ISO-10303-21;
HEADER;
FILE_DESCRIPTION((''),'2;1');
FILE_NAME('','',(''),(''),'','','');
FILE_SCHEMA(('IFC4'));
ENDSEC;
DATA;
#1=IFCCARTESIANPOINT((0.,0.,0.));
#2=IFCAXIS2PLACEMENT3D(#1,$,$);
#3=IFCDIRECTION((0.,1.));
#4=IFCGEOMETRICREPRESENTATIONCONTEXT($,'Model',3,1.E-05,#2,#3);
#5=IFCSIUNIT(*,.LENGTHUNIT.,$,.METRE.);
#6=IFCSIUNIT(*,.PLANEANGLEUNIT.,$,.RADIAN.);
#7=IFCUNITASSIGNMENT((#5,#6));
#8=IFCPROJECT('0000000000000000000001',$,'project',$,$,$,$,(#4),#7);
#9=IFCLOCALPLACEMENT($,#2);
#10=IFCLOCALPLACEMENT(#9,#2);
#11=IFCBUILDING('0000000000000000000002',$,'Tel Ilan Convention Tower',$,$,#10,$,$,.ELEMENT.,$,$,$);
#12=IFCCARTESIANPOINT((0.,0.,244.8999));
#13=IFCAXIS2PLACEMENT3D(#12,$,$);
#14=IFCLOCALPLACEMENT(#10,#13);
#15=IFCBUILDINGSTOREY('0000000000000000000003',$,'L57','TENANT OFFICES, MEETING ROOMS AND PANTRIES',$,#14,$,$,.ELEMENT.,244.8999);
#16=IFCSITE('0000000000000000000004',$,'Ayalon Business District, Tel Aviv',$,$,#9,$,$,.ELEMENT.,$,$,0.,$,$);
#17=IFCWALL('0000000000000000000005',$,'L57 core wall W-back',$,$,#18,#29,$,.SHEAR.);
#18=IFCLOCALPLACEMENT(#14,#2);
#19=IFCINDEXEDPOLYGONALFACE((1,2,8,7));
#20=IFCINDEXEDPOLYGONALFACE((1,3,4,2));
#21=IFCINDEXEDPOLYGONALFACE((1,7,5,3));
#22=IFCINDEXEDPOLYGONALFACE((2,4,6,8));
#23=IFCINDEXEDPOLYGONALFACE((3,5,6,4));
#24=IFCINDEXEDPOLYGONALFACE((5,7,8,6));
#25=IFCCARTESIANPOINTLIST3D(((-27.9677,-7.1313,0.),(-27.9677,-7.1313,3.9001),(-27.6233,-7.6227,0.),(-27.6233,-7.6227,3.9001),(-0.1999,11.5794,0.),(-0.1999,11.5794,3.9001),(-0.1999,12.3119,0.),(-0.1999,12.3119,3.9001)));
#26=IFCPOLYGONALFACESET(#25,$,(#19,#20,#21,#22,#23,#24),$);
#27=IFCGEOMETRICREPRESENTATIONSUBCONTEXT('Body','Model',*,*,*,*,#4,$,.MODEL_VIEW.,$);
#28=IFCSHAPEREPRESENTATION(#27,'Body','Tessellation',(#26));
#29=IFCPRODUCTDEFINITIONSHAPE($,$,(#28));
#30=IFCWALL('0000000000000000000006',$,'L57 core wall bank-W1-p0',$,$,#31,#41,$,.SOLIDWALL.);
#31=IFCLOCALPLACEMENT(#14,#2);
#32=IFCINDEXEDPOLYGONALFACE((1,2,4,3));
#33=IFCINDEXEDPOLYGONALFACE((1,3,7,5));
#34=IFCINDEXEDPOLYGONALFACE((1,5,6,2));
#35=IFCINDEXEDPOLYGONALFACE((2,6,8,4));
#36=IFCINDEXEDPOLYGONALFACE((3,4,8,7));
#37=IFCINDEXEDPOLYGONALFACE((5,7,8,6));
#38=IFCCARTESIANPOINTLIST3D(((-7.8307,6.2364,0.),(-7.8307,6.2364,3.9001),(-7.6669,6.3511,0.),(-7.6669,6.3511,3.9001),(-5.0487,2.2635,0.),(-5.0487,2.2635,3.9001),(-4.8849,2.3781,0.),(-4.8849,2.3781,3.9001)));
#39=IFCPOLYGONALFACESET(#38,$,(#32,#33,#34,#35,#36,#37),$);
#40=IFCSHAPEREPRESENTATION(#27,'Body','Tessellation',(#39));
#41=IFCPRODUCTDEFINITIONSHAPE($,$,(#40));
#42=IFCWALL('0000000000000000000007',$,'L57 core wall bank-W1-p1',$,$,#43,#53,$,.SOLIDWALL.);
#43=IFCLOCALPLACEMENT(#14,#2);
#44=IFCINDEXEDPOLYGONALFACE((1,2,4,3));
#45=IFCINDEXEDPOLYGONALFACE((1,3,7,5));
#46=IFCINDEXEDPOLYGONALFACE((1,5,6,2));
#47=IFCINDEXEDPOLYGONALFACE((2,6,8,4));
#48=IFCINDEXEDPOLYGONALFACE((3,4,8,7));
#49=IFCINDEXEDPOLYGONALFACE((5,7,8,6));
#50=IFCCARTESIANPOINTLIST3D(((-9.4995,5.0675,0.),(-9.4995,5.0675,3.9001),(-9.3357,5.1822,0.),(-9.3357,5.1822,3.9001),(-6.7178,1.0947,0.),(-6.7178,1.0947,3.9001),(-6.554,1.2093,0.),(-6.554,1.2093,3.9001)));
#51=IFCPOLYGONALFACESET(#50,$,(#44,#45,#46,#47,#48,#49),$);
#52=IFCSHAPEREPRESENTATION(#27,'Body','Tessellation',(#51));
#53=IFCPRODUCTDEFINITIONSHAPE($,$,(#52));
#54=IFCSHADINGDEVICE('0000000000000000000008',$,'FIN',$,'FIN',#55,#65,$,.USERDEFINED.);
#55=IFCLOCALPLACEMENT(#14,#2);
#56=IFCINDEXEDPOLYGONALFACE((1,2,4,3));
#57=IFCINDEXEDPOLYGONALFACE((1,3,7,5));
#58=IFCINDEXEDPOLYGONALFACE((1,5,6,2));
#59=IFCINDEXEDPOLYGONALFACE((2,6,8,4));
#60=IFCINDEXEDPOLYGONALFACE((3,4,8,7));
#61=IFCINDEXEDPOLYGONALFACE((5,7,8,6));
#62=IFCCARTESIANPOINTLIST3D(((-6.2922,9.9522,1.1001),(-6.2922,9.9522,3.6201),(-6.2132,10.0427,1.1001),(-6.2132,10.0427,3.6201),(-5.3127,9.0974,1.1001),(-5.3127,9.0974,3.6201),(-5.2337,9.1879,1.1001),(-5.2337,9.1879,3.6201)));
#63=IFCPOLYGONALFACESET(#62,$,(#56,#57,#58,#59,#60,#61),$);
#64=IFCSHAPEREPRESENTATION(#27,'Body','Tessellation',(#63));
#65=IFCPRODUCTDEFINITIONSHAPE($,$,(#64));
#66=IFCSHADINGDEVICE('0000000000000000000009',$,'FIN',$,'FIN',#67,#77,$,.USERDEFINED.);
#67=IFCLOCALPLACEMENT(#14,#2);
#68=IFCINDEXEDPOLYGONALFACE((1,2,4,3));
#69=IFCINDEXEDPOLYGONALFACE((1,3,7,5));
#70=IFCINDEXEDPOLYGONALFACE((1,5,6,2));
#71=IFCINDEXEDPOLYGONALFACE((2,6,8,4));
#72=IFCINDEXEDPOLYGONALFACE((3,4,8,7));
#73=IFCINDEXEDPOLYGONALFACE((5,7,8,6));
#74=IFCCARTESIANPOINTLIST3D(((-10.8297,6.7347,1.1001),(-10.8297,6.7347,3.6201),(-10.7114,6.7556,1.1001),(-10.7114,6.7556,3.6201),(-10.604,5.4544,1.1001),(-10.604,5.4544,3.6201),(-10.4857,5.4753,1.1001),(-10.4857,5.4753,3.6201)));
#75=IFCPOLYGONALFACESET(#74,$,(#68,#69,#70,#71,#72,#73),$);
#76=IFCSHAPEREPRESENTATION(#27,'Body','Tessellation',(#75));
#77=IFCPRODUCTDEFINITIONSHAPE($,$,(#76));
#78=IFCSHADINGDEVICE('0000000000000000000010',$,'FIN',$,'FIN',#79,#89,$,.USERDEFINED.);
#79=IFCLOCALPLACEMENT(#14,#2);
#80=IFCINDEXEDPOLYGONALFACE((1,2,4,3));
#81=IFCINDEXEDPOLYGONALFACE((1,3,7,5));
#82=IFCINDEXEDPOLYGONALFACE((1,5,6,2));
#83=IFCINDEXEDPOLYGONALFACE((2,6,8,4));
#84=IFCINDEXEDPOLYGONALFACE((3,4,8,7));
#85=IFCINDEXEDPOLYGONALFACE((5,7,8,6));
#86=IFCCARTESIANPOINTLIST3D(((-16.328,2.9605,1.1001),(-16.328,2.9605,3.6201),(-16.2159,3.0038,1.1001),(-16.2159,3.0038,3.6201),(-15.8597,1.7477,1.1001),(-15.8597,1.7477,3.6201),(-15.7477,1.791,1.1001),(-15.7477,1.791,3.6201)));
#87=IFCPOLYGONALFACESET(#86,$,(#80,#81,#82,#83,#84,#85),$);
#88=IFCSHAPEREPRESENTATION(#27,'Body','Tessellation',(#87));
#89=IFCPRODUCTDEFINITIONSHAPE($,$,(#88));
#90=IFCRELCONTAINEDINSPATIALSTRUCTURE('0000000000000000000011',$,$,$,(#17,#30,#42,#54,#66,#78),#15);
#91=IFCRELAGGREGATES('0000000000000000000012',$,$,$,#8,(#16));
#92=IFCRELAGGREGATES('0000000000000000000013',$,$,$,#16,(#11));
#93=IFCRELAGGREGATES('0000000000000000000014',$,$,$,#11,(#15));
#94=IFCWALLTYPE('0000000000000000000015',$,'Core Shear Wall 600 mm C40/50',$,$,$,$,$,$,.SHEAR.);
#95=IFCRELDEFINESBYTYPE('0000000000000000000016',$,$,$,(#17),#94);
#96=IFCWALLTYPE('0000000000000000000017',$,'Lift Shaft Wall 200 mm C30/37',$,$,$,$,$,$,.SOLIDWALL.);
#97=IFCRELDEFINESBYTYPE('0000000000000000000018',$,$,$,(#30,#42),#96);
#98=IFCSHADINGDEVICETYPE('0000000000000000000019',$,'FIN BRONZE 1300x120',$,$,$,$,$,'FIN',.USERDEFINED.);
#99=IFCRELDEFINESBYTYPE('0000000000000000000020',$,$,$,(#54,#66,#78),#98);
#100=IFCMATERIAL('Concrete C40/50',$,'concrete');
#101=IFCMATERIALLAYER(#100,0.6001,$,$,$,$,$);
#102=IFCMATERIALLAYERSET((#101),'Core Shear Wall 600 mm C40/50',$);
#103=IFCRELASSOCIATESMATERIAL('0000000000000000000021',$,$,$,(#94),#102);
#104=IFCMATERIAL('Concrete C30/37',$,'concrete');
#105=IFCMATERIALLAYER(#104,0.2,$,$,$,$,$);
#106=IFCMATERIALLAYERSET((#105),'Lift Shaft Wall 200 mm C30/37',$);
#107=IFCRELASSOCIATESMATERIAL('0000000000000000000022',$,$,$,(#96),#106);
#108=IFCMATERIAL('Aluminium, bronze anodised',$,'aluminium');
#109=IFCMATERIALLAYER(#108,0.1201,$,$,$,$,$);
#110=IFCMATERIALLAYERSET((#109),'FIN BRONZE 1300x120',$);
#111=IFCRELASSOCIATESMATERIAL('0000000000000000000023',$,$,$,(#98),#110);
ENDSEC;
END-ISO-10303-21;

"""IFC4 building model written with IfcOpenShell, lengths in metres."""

from ifc_helpers import new_model, si_unit, direction, frame, frame_2d, origin, origin_2d, place, context, subcontext, project, spatial, polyline, rectangle, outline, extrude, material, layer, layer_set, type_object, element, save


model = new_model("IFC4")

# Units and contexts
model_context = context("Model", 3, precision=1e-05, world=origin(), true_north=direction((0.0, 1.0)))
body_context = subcontext(model_context, "Body", "Model", "MODEL_VIEW")
ifc_project = project(units=[si_unit("LENGTHUNIT", "METRE"), si_unit("PLANEANGLEUNIT", "RADIAN")], contexts=[model_context])

# Site, building, storey
site_placement = place(None, origin())
site = spatial("IfcSite", under=ifc_project, at=site_placement, Name="Ayalon Business District, Tel Aviv", CompositionType="ELEMENT", RefElevation=0.0)
building_placement = place(site_placement, origin())
building = spatial("IfcBuilding", under=site, at=building_placement, Name="Tel Ilan Convention Tower", CompositionType="ELEMENT")
storey_placement = place(building_placement, frame((0.0, 0.0, 244.8999)))
storey = spatial("IfcBuildingStorey", under=building, at=storey_placement, Name="L57", Description="TENANT OFFICES, MEETING ROOMS AND PANTRIES", CompositionType="ELEMENT", Elevation=244.8999)

# Walls
ifc_material_1 = material(Name="Concrete C40/50", Category="concrete")
ifc_layer_1 = layer(ifc_material_1, 0.6001)
ifc_layer_set_1 = layer_set([ifc_layer_1], Name="Core Shear Wall 600 mm C40/50")
wall_type_1 = type_object("IfcWallType", Name="Core Shear Wall 600 mm C40/50", PredefinedType="SHEAR", material=ifc_layer_set_1)
wall_1_placement = place(storey_placement, frame((-0.0278, 12.0662, 0.0), z_axis=(0.0, 0.0, 1.0), x_axis=(-0.819151, -0.573577, 0.0)))
element("IfcWall", 1, at=wall_1_placement, inside=storey, type_object=wall_type_1, Name="L57 core wall W-back", PredefinedType="SHEAR", context=body_context, shape_type="SweptSolid", body=[
    extrude(outline(polyline([(33.8979, 0.3), (0.4202, 0.3), (0.0, -0.3), (33.8982, -0.3), (33.8979, 0.3)])), origin(), (0.0, 0.0, 1.0), 3.9001),
])
ifc_material_2 = material(Name="Concrete C30/37", Category="concrete")
ifc_layer_2 = layer(ifc_material_2, 0.2)
ifc_layer_set_2 = layer_set([ifc_layer_2], Name="Lift Shaft Wall 200 mm C30/37")
wall_type_2 = type_object("IfcWallType", Name="Lift Shaft Wall 200 mm C30/37", PredefinedType="SOLIDWALL", material=ifc_layer_set_2)
wall_2_placement = place(storey_placement, frame((-4.9668, 2.3208, 0.0), z_axis=(0.0, 0.0, 1.0), x_axis=(-0.573594, 0.81914, 0.0)))
element("IfcWall", 2, at=wall_2_placement, inside=storey, type_object=wall_type_2, Name="L57 core wall bank-W1-p0", PredefinedType="SOLIDWALL", context=body_context, shape_type="SweptSolid", body=[
    extrude(rectangle(XDim=4.8501, YDim=0.2, at=frame_2d((2.425, 0.0))), origin(), (0.0, 0.0, 1.0), 3.9001),
])
wall_3_placement = place(storey_placement, frame((-6.636, 1.1521, 0.0), z_axis=(0.0, 0.0, 1.0), x_axis=(-0.57356, 0.819163, 0.0)))
element("IfcWall", 3, at=wall_3_placement, inside=storey, type_object=wall_type_2, Name="L57 core wall bank-W1-p1", PredefinedType="SOLIDWALL", context=body_context, shape_type="SweptSolid", body=[
    extrude(rectangle(XDim=4.8499, YDim=0.2, at=frame_2d((2.4248, 0.0))), origin(), (0.0, 0.0, 1.0), 3.9001),
])

# Shading devices
ifc_material_3 = material(Name="Aluminium, bronze anodised", Category="aluminium")
ifc_layer_3 = layer(ifc_material_3, 0.1201)
ifc_layer_set_3 = layer_set([ifc_layer_3], Name="FIN BRONZE 1300x120")
shading_device_type = type_object("IfcShadingDeviceType", Name="FIN BRONZE 1300x120", ElementType="FIN", PredefinedType="USERDEFINED", material=ifc_layer_set_3)
for number, where, z_axis, x_axis, name in (
    (4, (-5.7629, 9.5701, 1.1001), (0.0, 0.0, 1.0), (-0.753436, 0.657521, 0.0), "FIN"),
    (5, (-10.6577, 6.105, 1.1001), (0.0, 0.0, 1.0), (-0.173648, 0.984808, 0.0), "FIN"),
    (6, (-16.0378, 2.3757, 1.1001), (0.0, 0.0, 1.0), (-0.360178, 0.932884, 0.0), "FIN"),
):
    element("IfcShadingDevice", number, at=place(storey_placement, frame(where, z_axis=z_axis, x_axis=x_axis)), inside=storey, type_object=shading_device_type, Name=name, ObjectType="FIN", PredefinedType="USERDEFINED", context=body_context, shape_type="SweptSolid", body=[
        extrude(rectangle(XDim=1.3, YDim=0.1201, at=origin_2d()), origin(), (0.0, 0.0, 1.0), 2.52),
    ])

save(model, "model.ifc")
